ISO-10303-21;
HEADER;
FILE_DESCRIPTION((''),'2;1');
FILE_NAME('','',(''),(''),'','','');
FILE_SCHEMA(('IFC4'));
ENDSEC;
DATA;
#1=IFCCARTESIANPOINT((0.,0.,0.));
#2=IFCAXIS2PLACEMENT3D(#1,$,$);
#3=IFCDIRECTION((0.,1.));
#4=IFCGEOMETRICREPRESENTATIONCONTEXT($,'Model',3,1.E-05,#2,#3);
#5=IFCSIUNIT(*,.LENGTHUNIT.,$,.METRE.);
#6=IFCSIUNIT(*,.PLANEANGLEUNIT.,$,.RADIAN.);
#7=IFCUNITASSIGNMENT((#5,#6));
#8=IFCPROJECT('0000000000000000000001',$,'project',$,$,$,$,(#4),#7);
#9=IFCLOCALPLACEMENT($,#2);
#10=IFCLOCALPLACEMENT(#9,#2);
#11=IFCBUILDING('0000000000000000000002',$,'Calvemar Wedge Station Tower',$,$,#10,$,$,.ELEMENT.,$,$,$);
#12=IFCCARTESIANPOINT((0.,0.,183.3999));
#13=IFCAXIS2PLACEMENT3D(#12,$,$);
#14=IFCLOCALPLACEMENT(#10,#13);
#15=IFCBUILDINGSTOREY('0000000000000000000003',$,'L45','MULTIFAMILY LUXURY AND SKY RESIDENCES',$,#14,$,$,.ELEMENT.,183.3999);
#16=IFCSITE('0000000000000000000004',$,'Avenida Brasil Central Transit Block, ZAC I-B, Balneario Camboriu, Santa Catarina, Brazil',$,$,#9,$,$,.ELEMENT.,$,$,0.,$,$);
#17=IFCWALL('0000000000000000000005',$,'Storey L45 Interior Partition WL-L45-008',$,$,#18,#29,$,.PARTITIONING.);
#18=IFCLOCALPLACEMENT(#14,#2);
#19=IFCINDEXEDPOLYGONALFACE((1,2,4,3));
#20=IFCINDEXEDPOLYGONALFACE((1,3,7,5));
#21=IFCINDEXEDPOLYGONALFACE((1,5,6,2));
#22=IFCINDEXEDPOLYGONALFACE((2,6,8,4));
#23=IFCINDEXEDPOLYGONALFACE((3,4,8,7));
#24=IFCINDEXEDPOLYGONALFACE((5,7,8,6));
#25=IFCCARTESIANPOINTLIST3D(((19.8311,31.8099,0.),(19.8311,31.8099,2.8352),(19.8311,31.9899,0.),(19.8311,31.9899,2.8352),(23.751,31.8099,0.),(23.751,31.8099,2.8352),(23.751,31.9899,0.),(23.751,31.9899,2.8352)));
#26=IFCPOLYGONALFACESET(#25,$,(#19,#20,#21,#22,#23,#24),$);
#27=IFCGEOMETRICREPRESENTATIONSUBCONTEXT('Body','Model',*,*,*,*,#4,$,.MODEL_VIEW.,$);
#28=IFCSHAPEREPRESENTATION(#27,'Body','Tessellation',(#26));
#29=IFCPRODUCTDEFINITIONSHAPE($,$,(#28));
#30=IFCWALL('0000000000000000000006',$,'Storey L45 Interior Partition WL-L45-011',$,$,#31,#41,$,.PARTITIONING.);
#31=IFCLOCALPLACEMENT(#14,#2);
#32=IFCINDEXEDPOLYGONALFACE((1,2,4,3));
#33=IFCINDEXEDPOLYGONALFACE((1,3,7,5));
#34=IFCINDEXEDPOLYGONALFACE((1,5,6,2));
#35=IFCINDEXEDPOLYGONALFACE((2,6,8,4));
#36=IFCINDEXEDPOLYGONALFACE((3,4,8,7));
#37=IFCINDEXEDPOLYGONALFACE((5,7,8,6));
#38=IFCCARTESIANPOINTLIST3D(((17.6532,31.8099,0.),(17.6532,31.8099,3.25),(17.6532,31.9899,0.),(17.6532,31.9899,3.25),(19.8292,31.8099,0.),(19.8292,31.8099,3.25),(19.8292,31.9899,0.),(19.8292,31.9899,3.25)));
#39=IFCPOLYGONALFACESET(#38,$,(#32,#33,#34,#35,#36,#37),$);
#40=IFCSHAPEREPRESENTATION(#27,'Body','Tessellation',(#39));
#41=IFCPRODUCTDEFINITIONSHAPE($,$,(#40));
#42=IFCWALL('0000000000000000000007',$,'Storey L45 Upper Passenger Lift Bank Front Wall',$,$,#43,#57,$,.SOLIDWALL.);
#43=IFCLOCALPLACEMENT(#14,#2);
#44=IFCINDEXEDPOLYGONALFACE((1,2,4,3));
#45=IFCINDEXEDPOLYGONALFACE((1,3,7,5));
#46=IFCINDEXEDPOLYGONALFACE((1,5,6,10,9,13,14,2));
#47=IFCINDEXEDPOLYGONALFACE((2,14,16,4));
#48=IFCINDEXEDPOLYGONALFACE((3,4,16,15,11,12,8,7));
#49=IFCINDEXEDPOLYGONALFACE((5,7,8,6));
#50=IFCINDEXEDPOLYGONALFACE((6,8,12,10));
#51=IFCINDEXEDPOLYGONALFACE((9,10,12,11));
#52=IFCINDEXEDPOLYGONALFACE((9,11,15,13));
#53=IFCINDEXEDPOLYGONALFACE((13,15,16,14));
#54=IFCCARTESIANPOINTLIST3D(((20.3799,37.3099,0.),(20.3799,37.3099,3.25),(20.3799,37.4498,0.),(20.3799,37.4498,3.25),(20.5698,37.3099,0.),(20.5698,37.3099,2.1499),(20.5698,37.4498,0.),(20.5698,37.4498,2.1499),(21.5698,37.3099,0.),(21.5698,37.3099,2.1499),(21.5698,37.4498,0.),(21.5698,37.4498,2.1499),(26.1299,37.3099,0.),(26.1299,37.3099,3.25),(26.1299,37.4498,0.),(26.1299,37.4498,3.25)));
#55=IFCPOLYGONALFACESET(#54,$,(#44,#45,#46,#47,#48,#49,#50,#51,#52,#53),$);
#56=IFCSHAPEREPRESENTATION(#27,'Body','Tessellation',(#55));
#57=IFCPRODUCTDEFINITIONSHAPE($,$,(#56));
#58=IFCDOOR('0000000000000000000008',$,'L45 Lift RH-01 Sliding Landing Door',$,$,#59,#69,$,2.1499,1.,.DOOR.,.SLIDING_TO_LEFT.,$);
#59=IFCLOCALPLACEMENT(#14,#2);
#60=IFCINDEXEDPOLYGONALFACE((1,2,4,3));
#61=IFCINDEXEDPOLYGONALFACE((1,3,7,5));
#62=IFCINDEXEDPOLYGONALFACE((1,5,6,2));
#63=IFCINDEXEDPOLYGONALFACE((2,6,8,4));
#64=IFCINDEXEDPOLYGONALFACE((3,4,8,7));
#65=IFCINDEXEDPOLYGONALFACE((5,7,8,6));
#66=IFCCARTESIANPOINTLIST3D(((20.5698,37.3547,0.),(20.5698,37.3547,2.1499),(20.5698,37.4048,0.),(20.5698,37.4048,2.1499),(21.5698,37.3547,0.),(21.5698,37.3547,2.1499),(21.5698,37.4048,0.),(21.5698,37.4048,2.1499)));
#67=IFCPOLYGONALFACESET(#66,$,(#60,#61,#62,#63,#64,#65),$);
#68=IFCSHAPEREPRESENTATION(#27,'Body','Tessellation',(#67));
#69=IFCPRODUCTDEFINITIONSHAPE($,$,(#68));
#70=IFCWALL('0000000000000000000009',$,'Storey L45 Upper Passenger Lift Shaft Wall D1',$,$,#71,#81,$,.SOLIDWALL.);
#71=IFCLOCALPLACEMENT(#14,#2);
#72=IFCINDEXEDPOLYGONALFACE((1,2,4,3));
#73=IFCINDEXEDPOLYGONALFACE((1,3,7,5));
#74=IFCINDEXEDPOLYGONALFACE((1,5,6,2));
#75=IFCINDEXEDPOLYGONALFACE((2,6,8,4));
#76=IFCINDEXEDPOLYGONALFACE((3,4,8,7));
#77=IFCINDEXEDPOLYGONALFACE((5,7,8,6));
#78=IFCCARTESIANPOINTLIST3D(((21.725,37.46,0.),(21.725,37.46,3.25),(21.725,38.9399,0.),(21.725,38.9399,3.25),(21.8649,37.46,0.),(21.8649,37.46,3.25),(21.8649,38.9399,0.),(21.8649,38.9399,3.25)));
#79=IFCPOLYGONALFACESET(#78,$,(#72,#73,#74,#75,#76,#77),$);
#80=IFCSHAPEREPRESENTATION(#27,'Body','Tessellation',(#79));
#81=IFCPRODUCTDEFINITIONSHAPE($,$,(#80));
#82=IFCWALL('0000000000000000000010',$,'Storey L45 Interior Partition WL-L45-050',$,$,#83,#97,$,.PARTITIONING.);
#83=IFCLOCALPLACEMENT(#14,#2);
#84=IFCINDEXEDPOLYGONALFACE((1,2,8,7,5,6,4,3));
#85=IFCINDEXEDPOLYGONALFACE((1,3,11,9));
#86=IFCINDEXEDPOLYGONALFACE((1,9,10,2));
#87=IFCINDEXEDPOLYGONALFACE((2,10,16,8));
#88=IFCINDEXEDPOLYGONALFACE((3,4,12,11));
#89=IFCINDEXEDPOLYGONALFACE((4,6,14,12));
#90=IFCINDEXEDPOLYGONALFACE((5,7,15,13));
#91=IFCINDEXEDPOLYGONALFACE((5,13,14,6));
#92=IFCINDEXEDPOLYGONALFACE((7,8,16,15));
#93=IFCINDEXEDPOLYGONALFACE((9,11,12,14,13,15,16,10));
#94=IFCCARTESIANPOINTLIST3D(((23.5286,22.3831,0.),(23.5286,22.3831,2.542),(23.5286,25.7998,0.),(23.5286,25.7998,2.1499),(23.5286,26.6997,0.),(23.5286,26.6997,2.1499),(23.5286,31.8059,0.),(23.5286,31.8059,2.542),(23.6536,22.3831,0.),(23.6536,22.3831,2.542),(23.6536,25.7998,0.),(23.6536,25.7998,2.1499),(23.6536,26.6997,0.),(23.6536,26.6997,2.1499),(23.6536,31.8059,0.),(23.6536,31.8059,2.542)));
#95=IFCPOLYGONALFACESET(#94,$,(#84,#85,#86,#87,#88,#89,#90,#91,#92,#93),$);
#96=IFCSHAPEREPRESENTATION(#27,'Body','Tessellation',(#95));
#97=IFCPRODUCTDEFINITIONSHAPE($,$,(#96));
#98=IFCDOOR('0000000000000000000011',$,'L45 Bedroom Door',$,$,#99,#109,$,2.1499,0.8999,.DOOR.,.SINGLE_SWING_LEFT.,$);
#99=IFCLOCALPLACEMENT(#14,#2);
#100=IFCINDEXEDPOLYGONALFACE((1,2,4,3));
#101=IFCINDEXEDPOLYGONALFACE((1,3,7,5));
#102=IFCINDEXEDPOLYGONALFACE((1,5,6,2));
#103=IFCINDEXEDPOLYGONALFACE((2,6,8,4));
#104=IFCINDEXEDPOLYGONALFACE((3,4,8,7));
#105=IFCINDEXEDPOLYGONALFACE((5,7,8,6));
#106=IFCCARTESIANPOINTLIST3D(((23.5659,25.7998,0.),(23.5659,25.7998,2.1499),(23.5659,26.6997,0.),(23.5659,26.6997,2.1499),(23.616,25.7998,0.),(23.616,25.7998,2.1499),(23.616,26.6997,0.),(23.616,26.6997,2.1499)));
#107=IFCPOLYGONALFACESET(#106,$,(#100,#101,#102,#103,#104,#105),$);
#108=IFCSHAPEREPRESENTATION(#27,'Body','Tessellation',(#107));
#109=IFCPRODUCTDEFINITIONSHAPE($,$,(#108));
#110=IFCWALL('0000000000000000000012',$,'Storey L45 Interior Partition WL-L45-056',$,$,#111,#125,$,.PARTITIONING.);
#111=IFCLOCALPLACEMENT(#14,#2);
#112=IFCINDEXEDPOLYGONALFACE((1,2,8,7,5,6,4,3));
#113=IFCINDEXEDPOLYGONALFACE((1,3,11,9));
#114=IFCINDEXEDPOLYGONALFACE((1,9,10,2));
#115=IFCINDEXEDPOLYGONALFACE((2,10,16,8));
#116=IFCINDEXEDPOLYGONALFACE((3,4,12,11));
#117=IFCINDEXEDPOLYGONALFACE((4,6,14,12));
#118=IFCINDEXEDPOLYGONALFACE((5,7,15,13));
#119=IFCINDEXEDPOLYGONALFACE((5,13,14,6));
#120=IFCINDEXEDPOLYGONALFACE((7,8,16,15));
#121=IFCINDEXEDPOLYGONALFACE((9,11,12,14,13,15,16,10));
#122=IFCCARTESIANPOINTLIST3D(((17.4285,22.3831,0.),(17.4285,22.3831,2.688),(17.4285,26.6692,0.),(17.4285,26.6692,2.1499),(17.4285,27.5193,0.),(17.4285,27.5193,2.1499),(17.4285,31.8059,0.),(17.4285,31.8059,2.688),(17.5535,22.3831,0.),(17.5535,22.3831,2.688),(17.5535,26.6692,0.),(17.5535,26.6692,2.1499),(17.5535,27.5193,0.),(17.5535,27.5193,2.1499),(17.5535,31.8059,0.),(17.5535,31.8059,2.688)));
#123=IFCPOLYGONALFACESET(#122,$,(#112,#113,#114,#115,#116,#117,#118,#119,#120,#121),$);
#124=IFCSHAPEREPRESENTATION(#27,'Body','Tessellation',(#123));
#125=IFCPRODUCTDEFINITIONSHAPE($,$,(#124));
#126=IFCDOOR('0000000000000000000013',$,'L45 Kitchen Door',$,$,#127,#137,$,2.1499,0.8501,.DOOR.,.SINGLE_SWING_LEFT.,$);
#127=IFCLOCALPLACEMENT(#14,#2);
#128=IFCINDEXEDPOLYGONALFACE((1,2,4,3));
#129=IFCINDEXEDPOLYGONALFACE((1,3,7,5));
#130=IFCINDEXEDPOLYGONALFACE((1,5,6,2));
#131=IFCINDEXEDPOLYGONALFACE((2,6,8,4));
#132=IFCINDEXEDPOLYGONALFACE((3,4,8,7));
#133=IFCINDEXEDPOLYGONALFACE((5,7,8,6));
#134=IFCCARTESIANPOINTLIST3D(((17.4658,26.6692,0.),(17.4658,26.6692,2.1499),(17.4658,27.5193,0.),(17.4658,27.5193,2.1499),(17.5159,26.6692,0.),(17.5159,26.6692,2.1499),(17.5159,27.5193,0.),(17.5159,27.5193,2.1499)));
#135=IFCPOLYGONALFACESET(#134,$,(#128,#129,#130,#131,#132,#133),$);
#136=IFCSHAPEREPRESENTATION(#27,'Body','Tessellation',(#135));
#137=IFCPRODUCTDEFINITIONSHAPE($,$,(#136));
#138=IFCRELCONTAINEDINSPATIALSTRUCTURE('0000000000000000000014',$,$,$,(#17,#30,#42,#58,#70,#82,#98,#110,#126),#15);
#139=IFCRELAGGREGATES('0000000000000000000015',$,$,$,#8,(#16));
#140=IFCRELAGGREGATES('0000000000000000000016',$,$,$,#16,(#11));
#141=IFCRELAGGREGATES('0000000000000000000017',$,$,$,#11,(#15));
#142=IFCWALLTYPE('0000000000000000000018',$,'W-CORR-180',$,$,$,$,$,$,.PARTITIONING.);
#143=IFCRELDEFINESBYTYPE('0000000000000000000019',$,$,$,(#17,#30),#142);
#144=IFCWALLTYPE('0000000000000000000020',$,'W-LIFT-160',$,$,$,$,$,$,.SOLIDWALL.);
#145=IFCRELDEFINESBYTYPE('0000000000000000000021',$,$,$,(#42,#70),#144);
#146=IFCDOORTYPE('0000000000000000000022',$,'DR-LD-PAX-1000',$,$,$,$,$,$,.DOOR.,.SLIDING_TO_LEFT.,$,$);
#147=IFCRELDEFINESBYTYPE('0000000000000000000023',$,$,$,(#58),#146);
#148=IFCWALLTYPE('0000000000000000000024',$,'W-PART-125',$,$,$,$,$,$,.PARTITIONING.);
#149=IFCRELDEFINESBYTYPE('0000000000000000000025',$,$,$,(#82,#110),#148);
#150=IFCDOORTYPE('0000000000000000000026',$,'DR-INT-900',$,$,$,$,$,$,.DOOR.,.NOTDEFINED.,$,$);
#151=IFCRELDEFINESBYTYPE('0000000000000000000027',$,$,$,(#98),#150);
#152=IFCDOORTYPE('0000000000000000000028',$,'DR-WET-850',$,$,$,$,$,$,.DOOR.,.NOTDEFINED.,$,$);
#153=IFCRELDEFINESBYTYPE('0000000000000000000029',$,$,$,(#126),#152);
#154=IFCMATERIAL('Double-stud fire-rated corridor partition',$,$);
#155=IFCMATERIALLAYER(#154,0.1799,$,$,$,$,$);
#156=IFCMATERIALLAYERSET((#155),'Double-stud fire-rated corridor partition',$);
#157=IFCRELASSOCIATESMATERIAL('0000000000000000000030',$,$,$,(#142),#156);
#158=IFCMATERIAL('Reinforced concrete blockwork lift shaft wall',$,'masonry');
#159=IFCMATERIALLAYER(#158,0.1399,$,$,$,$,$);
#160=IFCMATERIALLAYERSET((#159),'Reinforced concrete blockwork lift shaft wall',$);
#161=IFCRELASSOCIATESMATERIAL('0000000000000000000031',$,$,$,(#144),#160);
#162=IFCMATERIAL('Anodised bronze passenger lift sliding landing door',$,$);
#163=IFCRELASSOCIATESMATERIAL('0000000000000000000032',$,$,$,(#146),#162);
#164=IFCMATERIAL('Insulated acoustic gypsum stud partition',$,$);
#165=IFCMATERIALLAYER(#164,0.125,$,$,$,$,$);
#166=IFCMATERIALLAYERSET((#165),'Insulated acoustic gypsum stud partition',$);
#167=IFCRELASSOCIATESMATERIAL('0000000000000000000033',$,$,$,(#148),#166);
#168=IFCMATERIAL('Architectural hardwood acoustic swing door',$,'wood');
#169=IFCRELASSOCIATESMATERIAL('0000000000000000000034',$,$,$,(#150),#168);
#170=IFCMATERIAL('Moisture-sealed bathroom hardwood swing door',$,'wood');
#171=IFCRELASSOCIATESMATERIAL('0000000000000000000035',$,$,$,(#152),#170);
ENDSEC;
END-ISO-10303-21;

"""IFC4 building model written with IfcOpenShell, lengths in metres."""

from ifc_helpers import new_model, si_unit, direction, frame, frame_2d, origin, place, context, subcontext, project, spatial, rectangle, extrude, source, transform, mapped, material, layer, layer_set, type_object, element, fill, save


model = new_model("IFC4")

# Units and contexts
model_context = context("Model", 3, precision=1e-05, world=origin(), true_north=direction((0.0, 1.0)))
body_context = subcontext(model_context, "Body", "Model", "MODEL_VIEW")
ifc_project = project(units=[si_unit("LENGTHUNIT", "METRE"), si_unit("PLANEANGLEUNIT", "RADIAN")], contexts=[model_context])

# Site, building, storey
site_placement = place(None, origin())
site = spatial("IfcSite", under=ifc_project, at=site_placement, Name="Avenida Brasil Central Transit Block, ZAC I-B, Balneario Camboriu, Santa Catarina, Brazil", CompositionType="ELEMENT", RefElevation=0.0)
building_placement = place(site_placement, origin())
building = spatial("IfcBuilding", under=site, at=building_placement, Name="Calvemar Wedge Station Tower", CompositionType="ELEMENT")
storey_placement = place(building_placement, frame((0.0, 0.0, 183.3999)))
storey = spatial("IfcBuildingStorey", under=building, at=storey_placement, Name="L45", Description="MULTIFAMILY LUXURY AND SKY RESIDENCES", CompositionType="ELEMENT", Elevation=183.3999)

# Shared definitions
ifc_material_1 = material(Name="Double-stud fire-rated corridor partition")
ifc_layer_1 = layer(ifc_material_1, 0.1799)
ifc_layer_set_1 = layer_set([ifc_layer_1], Name="Double-stud fire-rated corridor partition")
wall_type_1 = type_object("IfcWallType", Name="W-CORR-180", PredefinedType="PARTITIONING", material=ifc_layer_set_1)

# Wall
wall_1_placement = place(storey_placement, frame((23.751, 31.8999, 0.0), z_axis=(0.0, 0.0, 1.0), x_axis=(-1.0, 0.0, 0.0)))
element("IfcWall", 1, at=wall_1_placement, inside=storey, type_object=wall_type_1, Name="Storey L45 Interior Partition WL-L45-008", PredefinedType="PARTITIONING", context=body_context, shape_type="SweptSolid", body=[
    extrude(rectangle(XDim=3.9199, YDim=0.1799, at=frame_2d((1.96, 0.0))), origin(), (0.0, 0.0, 1.0), 2.8352),
])

# Wall
wall_2_placement = place(storey_placement, frame((19.8291, 31.8999, 0.0), z_axis=(0.0, 0.0, 1.0), x_axis=(-1.0, 0.0, 0.0)))
element("IfcWall", 2, at=wall_2_placement, inside=storey, type_object=wall_type_1, Name="Storey L45 Interior Partition WL-L45-011", PredefinedType="PARTITIONING", context=body_context, shape_type="SweptSolid", body=[
    extrude(rectangle(XDim=2.176, YDim=0.1799, at=frame_2d((1.0879, 0.0))), origin(), (0.0, 0.0, 1.0), 3.25),
])

# Wall, opening, door
ifc_material_2 = material(Name="Reinforced concrete blockwork lift shaft wall", Category="masonry")
ifc_layer_2 = layer(ifc_material_2, 0.1399)
ifc_layer_set_2 = layer_set([ifc_layer_2], Name="Reinforced concrete blockwork lift shaft wall")
wall_type_2 = type_object("IfcWallType", Name="W-LIFT-160", PredefinedType="SOLIDWALL", material=ifc_layer_set_2)
wall_3_placement = place(storey_placement, frame((20.3799, 37.3799, 0.0), z_axis=(0.0, 0.0, 1.0), x_axis=(1.0, 0.0, 0.0)))
wall_3 = element("IfcWall", 3, at=wall_3_placement, inside=storey, type_object=wall_type_2, Name="Storey L45 Upper Passenger Lift Bank Front Wall", PredefinedType="SOLIDWALL", context=body_context, shape_type="SweptSolid", body=[
    extrude(rectangle(XDim=5.75, YDim=0.1399, at=frame_2d((2.875, 0.0))), origin(), (0.0, 0.0, 1.0), 3.25),
])
shared_shape_1 = source(origin(), body_context, "Body", "SweptSolid", [
    extrude(rectangle(XDim=1.0, YDim=2.1499, at=frame_2d((0.5, 1.075))), frame((0.0, 0.0801, 0.0), z_axis=(0.0, -1.0, 0.0), x_axis=(1.0, 0.0, 0.0)), (0.0, 0.0, 1.0), 0.1599),
])
opening_1_placement = place(wall_3_placement, frame((0.1899, 0.0, 0.0)))
opening_1 = element("IfcOpeningElement", 4, at=opening_1_placement, cuts=wall_3, PredefinedType="OPENING", context=body_context, shape_type="MappedRepresentation", body=[
    mapped(shared_shape_1, transform((0.0, 0.0, 0.0), scale=1.0)),
])
ifc_material_3 = material(Name="Anodised bronze passenger lift sliding landing door")
door_type_1 = type_object("IfcDoorType", Name="DR-LD-PAX-1000", OperationType="SLIDING_TO_LEFT", PredefinedType="DOOR", material=ifc_material_3)
shared_shape_2 = source(origin(), body_context, "Body", "SweptSolid", [
    extrude(rectangle(XDim=1.0, YDim=2.1499, at=frame_2d((0.5, 1.075))), frame((0.0, 0.0249, 0.0), z_axis=(0.0, -1.0, 0.0), x_axis=(1.0, 0.0, 0.0)), (0.0, 0.0, 1.0), 0.05),
])
door_1_placement = place(opening_1_placement, origin())
door_1 = element("IfcDoor", 5, at=door_1_placement, inside=storey, type_object=door_type_1, Name="L45 Lift RH-01 Sliding Landing Door", OperationType="SLIDING_TO_LEFT", OverallHeight=2.1499, OverallWidth=1.0, PredefinedType="DOOR", context=body_context, shape_type="MappedRepresentation", body=[
    mapped(shared_shape_2, transform((0.0, 0.0, 0.0), scale=1.0)),
])
fill(opening_1, door_1)

# Wall
wall_4_placement = place(storey_placement, frame((21.7949, 37.46, 0.0), z_axis=(0.0, 0.0, 1.0), x_axis=(0.0, 1.0, 0.0)))
element("IfcWall", 6, at=wall_4_placement, inside=storey, type_object=wall_type_2, Name="Storey L45 Upper Passenger Lift Shaft Wall D1", PredefinedType="SOLIDWALL", context=body_context, shape_type="SweptSolid", body=[
    extrude(rectangle(XDim=1.48, YDim=0.1399, at=frame_2d((0.74, 0.0))), origin(), (0.0, 0.0, 1.0), 3.25),
])

# Walls, openings, doors
ifc_material_4 = material(Name="Insulated acoustic gypsum stud partition")
ifc_layer_3 = layer(ifc_material_4, 0.125)
ifc_layer_set_3 = layer_set([ifc_layer_3], Name="Insulated acoustic gypsum stud partition")
wall_type_3 = type_object("IfcWallType", Name="W-PART-125", PredefinedType="PARTITIONING", material=ifc_layer_set_3)
wall_5_placement = place(storey_placement, frame((23.5911, 31.8059, 0.0), z_axis=(0.0, 0.0, 1.0), x_axis=(0.0, -1.0, 0.0)))
wall_5 = element("IfcWall", 7, at=wall_5_placement, inside=storey, type_object=wall_type_3, Name="Storey L45 Interior Partition WL-L45-050", PredefinedType="PARTITIONING", context=body_context, shape_type="SweptSolid", body=[
    extrude(rectangle(XDim=9.4229, YDim=0.125, at=frame_2d((4.7114, 0.0))), origin(), (0.0, 0.0, 1.0), 2.542),
])
shared_shape_3 = source(origin(), body_context, "Body", "SweptSolid", [
    extrude(rectangle(XDim=0.8999, YDim=2.1499, at=frame_2d((0.45, 1.075))), frame((0.0, 0.0725, 0.0), z_axis=(0.0, -1.0, 0.0), x_axis=(1.0, 0.0, 0.0)), (0.0, 0.0, 1.0), 0.145),
])
opening_2_placement = place(wall_5_placement, frame((5.1062, 0.0, 0.0)))
opening_2 = element("IfcOpeningElement", 8, at=opening_2_placement, cuts=wall_5, PredefinedType="OPENING", context=body_context, shape_type="MappedRepresentation", body=[
    mapped(shared_shape_3, transform((0.0, 0.0, 0.0), scale=1.0)),
])
ifc_material_5 = material(Name="Architectural hardwood acoustic swing door", Category="wood")
door_type_2 = type_object("IfcDoorType", Name="DR-INT-900", OperationType="NOTDEFINED", PredefinedType="DOOR", material=ifc_material_5)
shared_shape_4 = source(origin(), body_context, "Body", "SweptSolid", [
    extrude(rectangle(XDim=0.8999, YDim=2.1499, at=frame_2d((0.45, 1.075))), frame((0.0, 0.0249, 0.0), z_axis=(0.0, -1.0, 0.0), x_axis=(1.0, 0.0, 0.0)), (0.0, 0.0, 1.0), 0.05),
])
door_2_placement = place(opening_2_placement, origin())
door_2 = element("IfcDoor", 9, at=door_2_placement, inside=storey, type_object=door_type_2, Name="L45 Bedroom Door", OperationType="SINGLE_SWING_LEFT", OverallHeight=2.1499, OverallWidth=0.8999, PredefinedType="DOOR", context=body_context, shape_type="MappedRepresentation", body=[
    mapped(shared_shape_4, transform((0.0, 0.0, 0.0), scale=1.0)),
])
fill(opening_2, door_2)
wall_6_placement = place(storey_placement, frame((17.491, 31.8059, 0.0), z_axis=(0.0, 0.0, 1.0), x_axis=(0.0, -1.0, 0.0)))
wall_6 = element("IfcWall", 10, at=wall_6_placement, inside=storey, type_object=wall_type_3, Name="Storey L45 Interior Partition WL-L45-056", PredefinedType="PARTITIONING", context=body_context, shape_type="SweptSolid", body=[
    extrude(rectangle(XDim=9.4229, YDim=0.125, at=frame_2d((4.7114, 0.0))), origin(), (0.0, 0.0, 1.0), 2.688),
])
shared_shape_5 = source(origin(), body_context, "Body", "SweptSolid", [
    extrude(rectangle(XDim=0.8501, YDim=2.1499, at=frame_2d((0.425, 1.075))), frame((0.0, 0.0725, 0.0), z_axis=(0.0, -1.0, 0.0), x_axis=(1.0, 0.0, 0.0)), (0.0, 0.0, 1.0), 0.145),
])
opening_3_placement = place(wall_6_placement, frame((4.2866, 0.0, 0.0)))
opening_3 = element("IfcOpeningElement", 11, at=opening_3_placement, cuts=wall_6, PredefinedType="OPENING", context=body_context, shape_type="MappedRepresentation", body=[
    mapped(shared_shape_5, transform((0.0, 0.0, 0.0), scale=1.0)),
])
ifc_material_6 = material(Name="Moisture-sealed bathroom hardwood swing door", Category="wood")
door_type_3 = type_object("IfcDoorType", Name="DR-WET-850", OperationType="NOTDEFINED", PredefinedType="DOOR", material=ifc_material_6)
shared_shape_6 = source(origin(), body_context, "Body", "SweptSolid", [
    extrude(rectangle(XDim=0.8501, YDim=2.1499, at=frame_2d((0.425, 1.075))), frame((0.0, 0.0249, 0.0), z_axis=(0.0, -1.0, 0.0), x_axis=(1.0, 0.0, 0.0)), (0.0, 0.0, 1.0), 0.05),
])
door_3_placement = place(opening_3_placement, origin())
door_3 = element("IfcDoor", 12, at=door_3_placement, inside=storey, type_object=door_type_3, Name="L45 Kitchen Door", OperationType="SINGLE_SWING_LEFT", OverallHeight=2.1499, OverallWidth=0.8501, PredefinedType="DOOR", context=body_context, shape_type="MappedRepresentation", body=[
    mapped(shared_shape_6, transform((0.0, 0.0, 0.0), scale=1.0)),
])
fill(opening_3, door_3)

save(model, "model.ifc")
